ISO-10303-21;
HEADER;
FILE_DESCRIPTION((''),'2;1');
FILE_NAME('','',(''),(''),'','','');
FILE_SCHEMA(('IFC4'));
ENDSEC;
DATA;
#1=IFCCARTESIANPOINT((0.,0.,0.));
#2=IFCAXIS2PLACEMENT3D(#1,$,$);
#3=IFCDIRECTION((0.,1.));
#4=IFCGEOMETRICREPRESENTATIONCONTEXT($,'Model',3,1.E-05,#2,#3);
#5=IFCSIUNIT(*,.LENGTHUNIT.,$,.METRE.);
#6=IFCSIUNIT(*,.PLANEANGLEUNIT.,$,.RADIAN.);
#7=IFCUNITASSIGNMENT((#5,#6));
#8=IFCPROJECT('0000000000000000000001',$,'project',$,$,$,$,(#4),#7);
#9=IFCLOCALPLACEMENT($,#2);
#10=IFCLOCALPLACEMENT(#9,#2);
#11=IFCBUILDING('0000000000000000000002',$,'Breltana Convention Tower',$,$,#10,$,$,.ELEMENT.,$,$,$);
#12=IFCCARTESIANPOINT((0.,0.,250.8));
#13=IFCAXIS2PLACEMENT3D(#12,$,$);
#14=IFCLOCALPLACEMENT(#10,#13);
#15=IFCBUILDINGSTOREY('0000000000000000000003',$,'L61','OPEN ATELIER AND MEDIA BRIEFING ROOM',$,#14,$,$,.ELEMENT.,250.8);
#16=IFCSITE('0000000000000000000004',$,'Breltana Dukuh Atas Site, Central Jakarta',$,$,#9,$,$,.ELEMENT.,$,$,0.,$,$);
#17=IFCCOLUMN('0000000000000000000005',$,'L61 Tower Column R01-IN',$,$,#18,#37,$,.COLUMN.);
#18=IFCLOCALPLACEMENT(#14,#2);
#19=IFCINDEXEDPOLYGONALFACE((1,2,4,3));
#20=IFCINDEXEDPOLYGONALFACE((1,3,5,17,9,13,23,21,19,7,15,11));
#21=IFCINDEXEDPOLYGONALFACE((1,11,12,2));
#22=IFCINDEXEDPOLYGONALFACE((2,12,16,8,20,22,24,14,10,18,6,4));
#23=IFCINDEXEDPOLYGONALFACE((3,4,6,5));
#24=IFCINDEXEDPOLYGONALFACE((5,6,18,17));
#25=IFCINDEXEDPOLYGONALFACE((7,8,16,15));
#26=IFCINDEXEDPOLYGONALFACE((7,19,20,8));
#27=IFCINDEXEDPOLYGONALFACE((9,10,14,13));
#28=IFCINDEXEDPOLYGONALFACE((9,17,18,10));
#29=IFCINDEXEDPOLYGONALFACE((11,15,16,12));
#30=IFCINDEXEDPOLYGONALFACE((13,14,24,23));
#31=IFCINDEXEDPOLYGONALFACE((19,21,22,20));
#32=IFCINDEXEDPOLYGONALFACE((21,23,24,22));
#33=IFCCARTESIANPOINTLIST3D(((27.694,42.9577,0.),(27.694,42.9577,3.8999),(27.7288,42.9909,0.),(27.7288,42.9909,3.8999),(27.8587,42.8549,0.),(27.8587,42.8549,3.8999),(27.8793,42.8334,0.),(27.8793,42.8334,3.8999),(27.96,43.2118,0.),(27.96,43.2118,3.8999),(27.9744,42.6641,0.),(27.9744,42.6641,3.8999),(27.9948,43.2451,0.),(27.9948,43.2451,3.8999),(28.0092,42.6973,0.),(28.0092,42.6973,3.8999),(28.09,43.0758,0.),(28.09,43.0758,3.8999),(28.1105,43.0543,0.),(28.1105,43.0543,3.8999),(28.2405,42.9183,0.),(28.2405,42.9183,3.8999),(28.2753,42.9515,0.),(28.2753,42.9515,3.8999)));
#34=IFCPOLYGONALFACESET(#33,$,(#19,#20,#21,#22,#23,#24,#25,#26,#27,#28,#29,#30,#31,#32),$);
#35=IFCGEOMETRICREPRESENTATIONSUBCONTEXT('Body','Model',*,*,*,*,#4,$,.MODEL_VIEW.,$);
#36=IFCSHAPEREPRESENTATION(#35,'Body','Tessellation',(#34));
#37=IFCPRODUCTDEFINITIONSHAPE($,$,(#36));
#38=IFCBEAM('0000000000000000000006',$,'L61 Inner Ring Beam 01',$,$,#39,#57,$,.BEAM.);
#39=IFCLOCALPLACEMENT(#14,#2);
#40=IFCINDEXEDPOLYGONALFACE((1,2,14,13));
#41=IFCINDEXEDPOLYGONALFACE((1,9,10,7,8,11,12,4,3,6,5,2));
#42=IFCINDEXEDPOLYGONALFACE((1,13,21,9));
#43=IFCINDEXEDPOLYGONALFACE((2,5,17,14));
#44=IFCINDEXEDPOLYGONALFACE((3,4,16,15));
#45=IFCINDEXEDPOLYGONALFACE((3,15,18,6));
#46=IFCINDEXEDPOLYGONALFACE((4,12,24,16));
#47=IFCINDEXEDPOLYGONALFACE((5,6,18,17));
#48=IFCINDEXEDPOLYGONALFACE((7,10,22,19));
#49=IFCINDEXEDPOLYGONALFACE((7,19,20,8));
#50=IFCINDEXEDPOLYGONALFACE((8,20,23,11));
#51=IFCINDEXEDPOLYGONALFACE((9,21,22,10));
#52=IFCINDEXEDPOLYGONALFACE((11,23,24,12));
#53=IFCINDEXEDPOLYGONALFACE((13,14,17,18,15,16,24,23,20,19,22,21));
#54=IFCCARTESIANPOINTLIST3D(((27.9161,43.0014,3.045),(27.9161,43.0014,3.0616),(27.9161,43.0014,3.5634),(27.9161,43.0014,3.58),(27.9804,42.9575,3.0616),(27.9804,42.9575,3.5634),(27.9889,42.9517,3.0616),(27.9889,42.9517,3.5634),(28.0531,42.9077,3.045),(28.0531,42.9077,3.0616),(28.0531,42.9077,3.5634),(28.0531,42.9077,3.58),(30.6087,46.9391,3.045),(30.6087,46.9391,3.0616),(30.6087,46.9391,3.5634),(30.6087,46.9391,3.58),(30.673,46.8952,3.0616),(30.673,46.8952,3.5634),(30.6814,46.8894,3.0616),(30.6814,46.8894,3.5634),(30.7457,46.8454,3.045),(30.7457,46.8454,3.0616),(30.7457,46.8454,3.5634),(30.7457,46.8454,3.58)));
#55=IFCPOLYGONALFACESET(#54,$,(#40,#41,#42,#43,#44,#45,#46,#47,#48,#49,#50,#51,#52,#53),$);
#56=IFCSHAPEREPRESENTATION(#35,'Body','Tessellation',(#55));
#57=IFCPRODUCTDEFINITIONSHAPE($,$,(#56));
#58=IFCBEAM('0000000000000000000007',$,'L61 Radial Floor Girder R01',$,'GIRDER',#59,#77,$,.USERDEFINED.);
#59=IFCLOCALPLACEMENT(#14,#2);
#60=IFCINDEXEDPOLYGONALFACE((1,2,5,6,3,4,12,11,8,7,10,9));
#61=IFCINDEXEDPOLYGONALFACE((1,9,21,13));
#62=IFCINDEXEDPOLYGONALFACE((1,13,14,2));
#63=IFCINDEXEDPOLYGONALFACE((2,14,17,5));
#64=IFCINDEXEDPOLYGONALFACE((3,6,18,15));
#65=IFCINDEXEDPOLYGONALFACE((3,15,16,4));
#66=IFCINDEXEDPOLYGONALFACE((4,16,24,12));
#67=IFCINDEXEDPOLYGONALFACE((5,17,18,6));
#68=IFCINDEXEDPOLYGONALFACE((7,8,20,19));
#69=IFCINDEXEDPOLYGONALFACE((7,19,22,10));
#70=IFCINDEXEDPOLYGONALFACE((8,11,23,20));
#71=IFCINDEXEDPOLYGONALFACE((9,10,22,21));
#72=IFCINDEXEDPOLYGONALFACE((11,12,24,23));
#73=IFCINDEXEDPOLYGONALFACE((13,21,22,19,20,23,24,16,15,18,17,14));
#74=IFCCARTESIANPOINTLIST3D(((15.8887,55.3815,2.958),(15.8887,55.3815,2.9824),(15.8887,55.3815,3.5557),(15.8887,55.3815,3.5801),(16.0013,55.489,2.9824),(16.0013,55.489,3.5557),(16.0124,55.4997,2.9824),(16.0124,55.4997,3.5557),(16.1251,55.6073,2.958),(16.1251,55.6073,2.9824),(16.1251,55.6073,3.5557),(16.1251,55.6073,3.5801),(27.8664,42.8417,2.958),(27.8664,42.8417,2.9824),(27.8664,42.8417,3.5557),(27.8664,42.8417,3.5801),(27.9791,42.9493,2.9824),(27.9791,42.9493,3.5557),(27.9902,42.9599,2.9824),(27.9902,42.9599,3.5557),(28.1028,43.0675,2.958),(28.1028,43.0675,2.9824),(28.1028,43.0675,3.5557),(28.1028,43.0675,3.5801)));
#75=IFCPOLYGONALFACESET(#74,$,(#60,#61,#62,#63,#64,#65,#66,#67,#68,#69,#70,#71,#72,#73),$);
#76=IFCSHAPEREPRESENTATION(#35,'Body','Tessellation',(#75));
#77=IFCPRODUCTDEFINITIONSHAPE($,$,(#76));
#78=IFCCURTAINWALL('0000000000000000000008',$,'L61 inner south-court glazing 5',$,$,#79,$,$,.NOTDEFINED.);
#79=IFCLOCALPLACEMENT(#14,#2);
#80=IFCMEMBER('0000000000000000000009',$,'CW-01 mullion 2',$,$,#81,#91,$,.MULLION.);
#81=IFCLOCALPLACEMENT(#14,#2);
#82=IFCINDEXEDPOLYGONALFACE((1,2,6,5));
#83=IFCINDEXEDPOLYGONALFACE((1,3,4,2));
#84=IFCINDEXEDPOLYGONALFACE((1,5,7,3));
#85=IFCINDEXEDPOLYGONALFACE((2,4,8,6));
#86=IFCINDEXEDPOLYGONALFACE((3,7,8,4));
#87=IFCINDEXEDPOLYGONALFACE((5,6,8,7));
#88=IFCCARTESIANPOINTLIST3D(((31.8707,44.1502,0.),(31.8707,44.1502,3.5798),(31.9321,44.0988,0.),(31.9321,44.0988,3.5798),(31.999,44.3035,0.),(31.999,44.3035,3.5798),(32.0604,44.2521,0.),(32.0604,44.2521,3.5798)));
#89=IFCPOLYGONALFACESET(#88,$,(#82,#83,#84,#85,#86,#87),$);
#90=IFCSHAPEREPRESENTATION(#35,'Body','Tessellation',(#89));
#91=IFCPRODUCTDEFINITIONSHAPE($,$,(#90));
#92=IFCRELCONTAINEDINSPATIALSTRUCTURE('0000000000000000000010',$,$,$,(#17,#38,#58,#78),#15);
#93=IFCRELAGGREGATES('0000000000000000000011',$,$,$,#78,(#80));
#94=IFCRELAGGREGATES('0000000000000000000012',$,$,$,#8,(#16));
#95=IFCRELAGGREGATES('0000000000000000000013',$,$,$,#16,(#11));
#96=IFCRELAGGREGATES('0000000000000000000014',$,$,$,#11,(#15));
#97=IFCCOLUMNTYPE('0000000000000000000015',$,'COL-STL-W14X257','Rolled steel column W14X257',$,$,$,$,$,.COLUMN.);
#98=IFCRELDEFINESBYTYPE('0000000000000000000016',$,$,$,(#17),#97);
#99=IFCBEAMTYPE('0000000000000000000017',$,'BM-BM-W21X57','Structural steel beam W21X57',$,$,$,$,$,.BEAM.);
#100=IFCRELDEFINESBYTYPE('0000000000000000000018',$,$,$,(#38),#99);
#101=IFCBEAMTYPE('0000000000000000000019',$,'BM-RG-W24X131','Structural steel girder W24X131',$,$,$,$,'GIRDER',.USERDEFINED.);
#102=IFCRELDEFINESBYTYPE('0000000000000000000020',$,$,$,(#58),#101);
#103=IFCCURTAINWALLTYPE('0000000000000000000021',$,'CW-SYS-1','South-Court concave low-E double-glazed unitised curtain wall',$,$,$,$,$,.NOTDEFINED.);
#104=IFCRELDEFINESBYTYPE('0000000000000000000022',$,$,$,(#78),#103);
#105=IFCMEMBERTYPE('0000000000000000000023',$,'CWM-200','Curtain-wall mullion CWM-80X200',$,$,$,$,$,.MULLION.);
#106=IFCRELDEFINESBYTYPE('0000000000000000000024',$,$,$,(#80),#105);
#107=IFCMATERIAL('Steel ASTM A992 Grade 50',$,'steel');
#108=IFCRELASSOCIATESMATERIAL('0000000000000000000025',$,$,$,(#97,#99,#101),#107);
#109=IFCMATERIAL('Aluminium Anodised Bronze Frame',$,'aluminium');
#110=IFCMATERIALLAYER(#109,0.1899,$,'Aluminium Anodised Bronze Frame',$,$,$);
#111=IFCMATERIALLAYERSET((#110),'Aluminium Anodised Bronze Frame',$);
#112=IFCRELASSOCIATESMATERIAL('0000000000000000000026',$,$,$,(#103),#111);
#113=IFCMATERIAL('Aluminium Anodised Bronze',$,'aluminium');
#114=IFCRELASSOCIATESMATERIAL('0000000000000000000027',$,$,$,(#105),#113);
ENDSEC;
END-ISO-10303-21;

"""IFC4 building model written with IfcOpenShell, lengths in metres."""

from ifc_helpers import new_model, si_unit, direction, frame, origin, origin_2d, place, context, subcontext, project, spatial, rectangle, i_section, extrude, source, transform, mapped, material, layer, layer_set, material_profile, profile_set, type_object, type_shapes, element, aggregate, save


model = new_model("IFC4")

# Units and contexts
model_context = context("Model", 3, precision=1e-05, world=origin(), true_north=direction((0.0, 1.0)))
body_context = subcontext(model_context, "Body", "Model", "MODEL_VIEW")
ifc_project = project(units=[si_unit("LENGTHUNIT", "METRE"), si_unit("PLANEANGLEUNIT", "RADIAN")], contexts=[model_context])

# Site, building, storey
site_placement = place(None, origin())
site = spatial("IfcSite", under=ifc_project, at=site_placement, Name="Breltana Dukuh Atas Site, Central Jakarta", CompositionType="ELEMENT", RefElevation=0.0)
building_placement = place(site_placement, origin())
building = spatial("IfcBuilding", under=site, at=building_placement, Name="Breltana Convention Tower", CompositionType="ELEMENT")
storey_placement = place(building_placement, frame((0.0, 0.0, 250.8)))
storey = spatial("IfcBuildingStorey", under=building, at=storey_placement, Name="L61", Description="OPEN ATELIER AND MEDIA BRIEFING ROOM", CompositionType="ELEMENT", Elevation=250.8)

# Column
ifc_material_1 = material(Name="Steel ASTM A992 Grade 50", Category="steel")
ifc_material_profile_1 = material_profile(ifc_material_1, i_section(OverallWidth=0.406, OverallDepth=0.416, WebThickness=0.0298, FlangeThickness=0.0481, at=origin_2d()), Name="W14X257")
ifc_profile_set_1 = profile_set([ifc_material_profile_1], Name="Steel ASTM A992 Grade 50")
column_type = type_object("IfcColumnType", Name="COL-STL-W14X257", Description="Rolled steel column W14X257", PredefinedType="COLUMN", material=ifc_profile_set_1)
shared_shape_1 = source(origin(), body_context, "Body", "SweptSolid", [
    extrude(i_section(OverallWidth=0.406, OverallDepth=0.416, WebThickness=0.0298, FlangeThickness=0.0481, at=origin_2d()), origin(), (0.0, 0.0, 1.0), 3.8999),
])
column_placement = place(storey_placement, frame((27.9846, 42.9546, 0.0), z_axis=(0.0, 0.0, 1.0), x_axis=(-0.690756, 0.723088, 0.0)))
element("IfcColumn", 1, at=column_placement, inside=storey, type_object=column_type, Name="L61 Tower Column R01-IN", PredefinedType="COLUMN", context=body_context, shape_type="MappedRepresentation", body=[
    mapped(shared_shape_1, transform((0.0, 0.0, 0.0), scale=1.0)),
])

# Beams
ifc_material_profile_2 = material_profile(ifc_material_1, i_section(OverallWidth=0.166, OverallDepth=0.5349, WebThickness=0.0103, FlangeThickness=0.0166, at=origin_2d()), Name="W21X57")
ifc_profile_set_2 = profile_set([ifc_material_profile_2], Name="Steel ASTM A992 Grade 50")
beam_type_1 = type_object("IfcBeamType", Name="BM-BM-W21X57", Description="Structural steel beam W21X57", PredefinedType="BEAM", material=ifc_profile_set_2)
shared_shape_2 = source(origin(), body_context, "Body", "SweptSolid", [
    extrude(i_section(OverallWidth=0.166, OverallDepth=0.5349, WebThickness=0.0103, FlangeThickness=0.0166, at=origin_2d()), origin(), (0.0, 0.0, 1.0), 4.7703),
])
beam_1_placement = place(storey_placement, frame((27.9846, 42.9546, 3.3125), z_axis=(0.564453, 0.825465, 0.0), x_axis=(-0.825465, 0.564453, 0.0)))
element("IfcBeam", 2, at=beam_1_placement, inside=storey, type_object=beam_type_1, Name="L61 Inner Ring Beam 01", PredefinedType="BEAM", context=body_context, shape_type="MappedRepresentation", body=[
    mapped(shared_shape_2, transform((0.0, 0.0, 0.0), scale=1.0)),
])
ifc_material_profile_3 = material_profile(ifc_material_1, i_section(OverallWidth=0.3269, OverallDepth=0.6221, WebThickness=0.0154, FlangeThickness=0.0244, at=origin_2d()), Name="W24X131")
ifc_profile_set_3 = profile_set([ifc_material_profile_3], Name="Steel ASTM A992 Grade 50")
beam_type_2 = type_object("IfcBeamType", Name="BM-RG-W24X131", Description="Structural steel girder W24X131", ElementType="GIRDER", PredefinedType="USERDEFINED", material=ifc_profile_set_3)
shared_shape_3 = source(origin(), body_context, "Body", "SweptSolid", [
    extrude(i_section(OverallWidth=0.3269, OverallDepth=0.6221, WebThickness=0.0154, FlangeThickness=0.0244, at=origin_2d()), origin(), (0.0, 0.0, 1.0), 17.3411),
])
type_shapes(beam_type_2, [shared_shape_3])
beam_2_placement = place(storey_placement, frame((27.9846, 42.9546, 3.269), z_axis=(-0.690716, 0.723126, 0.0), x_axis=(-0.723126, -0.690716, 0.0)))
element("IfcBeam", 3, at=beam_2_placement, inside=storey, type_object=beam_type_2, Name="L61 Radial Floor Girder R01", ObjectType="GIRDER", PredefinedType="USERDEFINED", context=body_context, shape_type="MappedRepresentation", body=[
    mapped(shared_shape_3, transform((0.0, 0.0, 0.0), scale=1.0)),
])

# Curtain wall, member
ifc_material_2 = material(Name="Aluminium Anodised Bronze Frame", Category="aluminium")
ifc_layer_1 = layer(ifc_material_2, 0.1899, Name="Aluminium Anodised Bronze Frame")
ifc_layer_set_1 = layer_set([ifc_layer_1], Name="Aluminium Anodised Bronze Frame")
curtain_wall_type = type_object("IfcCurtainWallType", Name="CW-SYS-1", Description="South-Court concave low-E double-glazed unitised curtain wall", PredefinedType="NOTDEFINED", material=ifc_layer_set_1)
curtain_wall_placement = place(storey_placement, origin())
curtain_wall = element("IfcCurtainWall", 4, at=curtain_wall_placement, inside=storey, type_object=curtain_wall_type, Name="L61 inner south-court glazing 5", PredefinedType="NOTDEFINED")
ifc_material_3 = material(Name="Aluminium Anodised Bronze", Category="aluminium")
ifc_material_profile_4 = material_profile(ifc_material_3, rectangle(XDim=0.0801, YDim=0.2, at=origin_2d()), Name="CWM-80X200")
ifc_profile_set_4 = profile_set([ifc_material_profile_4], Name="Aluminium Anodised Bronze")
member_type = type_object("IfcMemberType", Name="CWM-200", Description="Curtain-wall mullion CWM-80X200", PredefinedType="MULLION", material=ifc_profile_set_4)
shared_shape_4 = source(origin(), body_context, "Body", "SweptSolid", [
    extrude(rectangle(XDim=0.0801, YDim=0.2, at=origin_2d()), origin(), (0.0, 0.0, 1.0), 3.5798),
])
member_placement = place(storey_placement, frame((31.9656, 44.2012, 0.0), z_axis=(0.0, 0.0, 1.0), x_axis=(0.766884, -0.641785, 0.0)))
member = element("IfcMember", 5, at=member_placement, type_object=member_type, Name="CW-01 mullion 2", PredefinedType="MULLION", context=body_context, shape_type="MappedRepresentation", body=[
    mapped(shared_shape_4, transform((0.0, 0.0, 0.0), scale=1.0)),
])
aggregate(curtain_wall, [member])

save(model, "model.ifc")
